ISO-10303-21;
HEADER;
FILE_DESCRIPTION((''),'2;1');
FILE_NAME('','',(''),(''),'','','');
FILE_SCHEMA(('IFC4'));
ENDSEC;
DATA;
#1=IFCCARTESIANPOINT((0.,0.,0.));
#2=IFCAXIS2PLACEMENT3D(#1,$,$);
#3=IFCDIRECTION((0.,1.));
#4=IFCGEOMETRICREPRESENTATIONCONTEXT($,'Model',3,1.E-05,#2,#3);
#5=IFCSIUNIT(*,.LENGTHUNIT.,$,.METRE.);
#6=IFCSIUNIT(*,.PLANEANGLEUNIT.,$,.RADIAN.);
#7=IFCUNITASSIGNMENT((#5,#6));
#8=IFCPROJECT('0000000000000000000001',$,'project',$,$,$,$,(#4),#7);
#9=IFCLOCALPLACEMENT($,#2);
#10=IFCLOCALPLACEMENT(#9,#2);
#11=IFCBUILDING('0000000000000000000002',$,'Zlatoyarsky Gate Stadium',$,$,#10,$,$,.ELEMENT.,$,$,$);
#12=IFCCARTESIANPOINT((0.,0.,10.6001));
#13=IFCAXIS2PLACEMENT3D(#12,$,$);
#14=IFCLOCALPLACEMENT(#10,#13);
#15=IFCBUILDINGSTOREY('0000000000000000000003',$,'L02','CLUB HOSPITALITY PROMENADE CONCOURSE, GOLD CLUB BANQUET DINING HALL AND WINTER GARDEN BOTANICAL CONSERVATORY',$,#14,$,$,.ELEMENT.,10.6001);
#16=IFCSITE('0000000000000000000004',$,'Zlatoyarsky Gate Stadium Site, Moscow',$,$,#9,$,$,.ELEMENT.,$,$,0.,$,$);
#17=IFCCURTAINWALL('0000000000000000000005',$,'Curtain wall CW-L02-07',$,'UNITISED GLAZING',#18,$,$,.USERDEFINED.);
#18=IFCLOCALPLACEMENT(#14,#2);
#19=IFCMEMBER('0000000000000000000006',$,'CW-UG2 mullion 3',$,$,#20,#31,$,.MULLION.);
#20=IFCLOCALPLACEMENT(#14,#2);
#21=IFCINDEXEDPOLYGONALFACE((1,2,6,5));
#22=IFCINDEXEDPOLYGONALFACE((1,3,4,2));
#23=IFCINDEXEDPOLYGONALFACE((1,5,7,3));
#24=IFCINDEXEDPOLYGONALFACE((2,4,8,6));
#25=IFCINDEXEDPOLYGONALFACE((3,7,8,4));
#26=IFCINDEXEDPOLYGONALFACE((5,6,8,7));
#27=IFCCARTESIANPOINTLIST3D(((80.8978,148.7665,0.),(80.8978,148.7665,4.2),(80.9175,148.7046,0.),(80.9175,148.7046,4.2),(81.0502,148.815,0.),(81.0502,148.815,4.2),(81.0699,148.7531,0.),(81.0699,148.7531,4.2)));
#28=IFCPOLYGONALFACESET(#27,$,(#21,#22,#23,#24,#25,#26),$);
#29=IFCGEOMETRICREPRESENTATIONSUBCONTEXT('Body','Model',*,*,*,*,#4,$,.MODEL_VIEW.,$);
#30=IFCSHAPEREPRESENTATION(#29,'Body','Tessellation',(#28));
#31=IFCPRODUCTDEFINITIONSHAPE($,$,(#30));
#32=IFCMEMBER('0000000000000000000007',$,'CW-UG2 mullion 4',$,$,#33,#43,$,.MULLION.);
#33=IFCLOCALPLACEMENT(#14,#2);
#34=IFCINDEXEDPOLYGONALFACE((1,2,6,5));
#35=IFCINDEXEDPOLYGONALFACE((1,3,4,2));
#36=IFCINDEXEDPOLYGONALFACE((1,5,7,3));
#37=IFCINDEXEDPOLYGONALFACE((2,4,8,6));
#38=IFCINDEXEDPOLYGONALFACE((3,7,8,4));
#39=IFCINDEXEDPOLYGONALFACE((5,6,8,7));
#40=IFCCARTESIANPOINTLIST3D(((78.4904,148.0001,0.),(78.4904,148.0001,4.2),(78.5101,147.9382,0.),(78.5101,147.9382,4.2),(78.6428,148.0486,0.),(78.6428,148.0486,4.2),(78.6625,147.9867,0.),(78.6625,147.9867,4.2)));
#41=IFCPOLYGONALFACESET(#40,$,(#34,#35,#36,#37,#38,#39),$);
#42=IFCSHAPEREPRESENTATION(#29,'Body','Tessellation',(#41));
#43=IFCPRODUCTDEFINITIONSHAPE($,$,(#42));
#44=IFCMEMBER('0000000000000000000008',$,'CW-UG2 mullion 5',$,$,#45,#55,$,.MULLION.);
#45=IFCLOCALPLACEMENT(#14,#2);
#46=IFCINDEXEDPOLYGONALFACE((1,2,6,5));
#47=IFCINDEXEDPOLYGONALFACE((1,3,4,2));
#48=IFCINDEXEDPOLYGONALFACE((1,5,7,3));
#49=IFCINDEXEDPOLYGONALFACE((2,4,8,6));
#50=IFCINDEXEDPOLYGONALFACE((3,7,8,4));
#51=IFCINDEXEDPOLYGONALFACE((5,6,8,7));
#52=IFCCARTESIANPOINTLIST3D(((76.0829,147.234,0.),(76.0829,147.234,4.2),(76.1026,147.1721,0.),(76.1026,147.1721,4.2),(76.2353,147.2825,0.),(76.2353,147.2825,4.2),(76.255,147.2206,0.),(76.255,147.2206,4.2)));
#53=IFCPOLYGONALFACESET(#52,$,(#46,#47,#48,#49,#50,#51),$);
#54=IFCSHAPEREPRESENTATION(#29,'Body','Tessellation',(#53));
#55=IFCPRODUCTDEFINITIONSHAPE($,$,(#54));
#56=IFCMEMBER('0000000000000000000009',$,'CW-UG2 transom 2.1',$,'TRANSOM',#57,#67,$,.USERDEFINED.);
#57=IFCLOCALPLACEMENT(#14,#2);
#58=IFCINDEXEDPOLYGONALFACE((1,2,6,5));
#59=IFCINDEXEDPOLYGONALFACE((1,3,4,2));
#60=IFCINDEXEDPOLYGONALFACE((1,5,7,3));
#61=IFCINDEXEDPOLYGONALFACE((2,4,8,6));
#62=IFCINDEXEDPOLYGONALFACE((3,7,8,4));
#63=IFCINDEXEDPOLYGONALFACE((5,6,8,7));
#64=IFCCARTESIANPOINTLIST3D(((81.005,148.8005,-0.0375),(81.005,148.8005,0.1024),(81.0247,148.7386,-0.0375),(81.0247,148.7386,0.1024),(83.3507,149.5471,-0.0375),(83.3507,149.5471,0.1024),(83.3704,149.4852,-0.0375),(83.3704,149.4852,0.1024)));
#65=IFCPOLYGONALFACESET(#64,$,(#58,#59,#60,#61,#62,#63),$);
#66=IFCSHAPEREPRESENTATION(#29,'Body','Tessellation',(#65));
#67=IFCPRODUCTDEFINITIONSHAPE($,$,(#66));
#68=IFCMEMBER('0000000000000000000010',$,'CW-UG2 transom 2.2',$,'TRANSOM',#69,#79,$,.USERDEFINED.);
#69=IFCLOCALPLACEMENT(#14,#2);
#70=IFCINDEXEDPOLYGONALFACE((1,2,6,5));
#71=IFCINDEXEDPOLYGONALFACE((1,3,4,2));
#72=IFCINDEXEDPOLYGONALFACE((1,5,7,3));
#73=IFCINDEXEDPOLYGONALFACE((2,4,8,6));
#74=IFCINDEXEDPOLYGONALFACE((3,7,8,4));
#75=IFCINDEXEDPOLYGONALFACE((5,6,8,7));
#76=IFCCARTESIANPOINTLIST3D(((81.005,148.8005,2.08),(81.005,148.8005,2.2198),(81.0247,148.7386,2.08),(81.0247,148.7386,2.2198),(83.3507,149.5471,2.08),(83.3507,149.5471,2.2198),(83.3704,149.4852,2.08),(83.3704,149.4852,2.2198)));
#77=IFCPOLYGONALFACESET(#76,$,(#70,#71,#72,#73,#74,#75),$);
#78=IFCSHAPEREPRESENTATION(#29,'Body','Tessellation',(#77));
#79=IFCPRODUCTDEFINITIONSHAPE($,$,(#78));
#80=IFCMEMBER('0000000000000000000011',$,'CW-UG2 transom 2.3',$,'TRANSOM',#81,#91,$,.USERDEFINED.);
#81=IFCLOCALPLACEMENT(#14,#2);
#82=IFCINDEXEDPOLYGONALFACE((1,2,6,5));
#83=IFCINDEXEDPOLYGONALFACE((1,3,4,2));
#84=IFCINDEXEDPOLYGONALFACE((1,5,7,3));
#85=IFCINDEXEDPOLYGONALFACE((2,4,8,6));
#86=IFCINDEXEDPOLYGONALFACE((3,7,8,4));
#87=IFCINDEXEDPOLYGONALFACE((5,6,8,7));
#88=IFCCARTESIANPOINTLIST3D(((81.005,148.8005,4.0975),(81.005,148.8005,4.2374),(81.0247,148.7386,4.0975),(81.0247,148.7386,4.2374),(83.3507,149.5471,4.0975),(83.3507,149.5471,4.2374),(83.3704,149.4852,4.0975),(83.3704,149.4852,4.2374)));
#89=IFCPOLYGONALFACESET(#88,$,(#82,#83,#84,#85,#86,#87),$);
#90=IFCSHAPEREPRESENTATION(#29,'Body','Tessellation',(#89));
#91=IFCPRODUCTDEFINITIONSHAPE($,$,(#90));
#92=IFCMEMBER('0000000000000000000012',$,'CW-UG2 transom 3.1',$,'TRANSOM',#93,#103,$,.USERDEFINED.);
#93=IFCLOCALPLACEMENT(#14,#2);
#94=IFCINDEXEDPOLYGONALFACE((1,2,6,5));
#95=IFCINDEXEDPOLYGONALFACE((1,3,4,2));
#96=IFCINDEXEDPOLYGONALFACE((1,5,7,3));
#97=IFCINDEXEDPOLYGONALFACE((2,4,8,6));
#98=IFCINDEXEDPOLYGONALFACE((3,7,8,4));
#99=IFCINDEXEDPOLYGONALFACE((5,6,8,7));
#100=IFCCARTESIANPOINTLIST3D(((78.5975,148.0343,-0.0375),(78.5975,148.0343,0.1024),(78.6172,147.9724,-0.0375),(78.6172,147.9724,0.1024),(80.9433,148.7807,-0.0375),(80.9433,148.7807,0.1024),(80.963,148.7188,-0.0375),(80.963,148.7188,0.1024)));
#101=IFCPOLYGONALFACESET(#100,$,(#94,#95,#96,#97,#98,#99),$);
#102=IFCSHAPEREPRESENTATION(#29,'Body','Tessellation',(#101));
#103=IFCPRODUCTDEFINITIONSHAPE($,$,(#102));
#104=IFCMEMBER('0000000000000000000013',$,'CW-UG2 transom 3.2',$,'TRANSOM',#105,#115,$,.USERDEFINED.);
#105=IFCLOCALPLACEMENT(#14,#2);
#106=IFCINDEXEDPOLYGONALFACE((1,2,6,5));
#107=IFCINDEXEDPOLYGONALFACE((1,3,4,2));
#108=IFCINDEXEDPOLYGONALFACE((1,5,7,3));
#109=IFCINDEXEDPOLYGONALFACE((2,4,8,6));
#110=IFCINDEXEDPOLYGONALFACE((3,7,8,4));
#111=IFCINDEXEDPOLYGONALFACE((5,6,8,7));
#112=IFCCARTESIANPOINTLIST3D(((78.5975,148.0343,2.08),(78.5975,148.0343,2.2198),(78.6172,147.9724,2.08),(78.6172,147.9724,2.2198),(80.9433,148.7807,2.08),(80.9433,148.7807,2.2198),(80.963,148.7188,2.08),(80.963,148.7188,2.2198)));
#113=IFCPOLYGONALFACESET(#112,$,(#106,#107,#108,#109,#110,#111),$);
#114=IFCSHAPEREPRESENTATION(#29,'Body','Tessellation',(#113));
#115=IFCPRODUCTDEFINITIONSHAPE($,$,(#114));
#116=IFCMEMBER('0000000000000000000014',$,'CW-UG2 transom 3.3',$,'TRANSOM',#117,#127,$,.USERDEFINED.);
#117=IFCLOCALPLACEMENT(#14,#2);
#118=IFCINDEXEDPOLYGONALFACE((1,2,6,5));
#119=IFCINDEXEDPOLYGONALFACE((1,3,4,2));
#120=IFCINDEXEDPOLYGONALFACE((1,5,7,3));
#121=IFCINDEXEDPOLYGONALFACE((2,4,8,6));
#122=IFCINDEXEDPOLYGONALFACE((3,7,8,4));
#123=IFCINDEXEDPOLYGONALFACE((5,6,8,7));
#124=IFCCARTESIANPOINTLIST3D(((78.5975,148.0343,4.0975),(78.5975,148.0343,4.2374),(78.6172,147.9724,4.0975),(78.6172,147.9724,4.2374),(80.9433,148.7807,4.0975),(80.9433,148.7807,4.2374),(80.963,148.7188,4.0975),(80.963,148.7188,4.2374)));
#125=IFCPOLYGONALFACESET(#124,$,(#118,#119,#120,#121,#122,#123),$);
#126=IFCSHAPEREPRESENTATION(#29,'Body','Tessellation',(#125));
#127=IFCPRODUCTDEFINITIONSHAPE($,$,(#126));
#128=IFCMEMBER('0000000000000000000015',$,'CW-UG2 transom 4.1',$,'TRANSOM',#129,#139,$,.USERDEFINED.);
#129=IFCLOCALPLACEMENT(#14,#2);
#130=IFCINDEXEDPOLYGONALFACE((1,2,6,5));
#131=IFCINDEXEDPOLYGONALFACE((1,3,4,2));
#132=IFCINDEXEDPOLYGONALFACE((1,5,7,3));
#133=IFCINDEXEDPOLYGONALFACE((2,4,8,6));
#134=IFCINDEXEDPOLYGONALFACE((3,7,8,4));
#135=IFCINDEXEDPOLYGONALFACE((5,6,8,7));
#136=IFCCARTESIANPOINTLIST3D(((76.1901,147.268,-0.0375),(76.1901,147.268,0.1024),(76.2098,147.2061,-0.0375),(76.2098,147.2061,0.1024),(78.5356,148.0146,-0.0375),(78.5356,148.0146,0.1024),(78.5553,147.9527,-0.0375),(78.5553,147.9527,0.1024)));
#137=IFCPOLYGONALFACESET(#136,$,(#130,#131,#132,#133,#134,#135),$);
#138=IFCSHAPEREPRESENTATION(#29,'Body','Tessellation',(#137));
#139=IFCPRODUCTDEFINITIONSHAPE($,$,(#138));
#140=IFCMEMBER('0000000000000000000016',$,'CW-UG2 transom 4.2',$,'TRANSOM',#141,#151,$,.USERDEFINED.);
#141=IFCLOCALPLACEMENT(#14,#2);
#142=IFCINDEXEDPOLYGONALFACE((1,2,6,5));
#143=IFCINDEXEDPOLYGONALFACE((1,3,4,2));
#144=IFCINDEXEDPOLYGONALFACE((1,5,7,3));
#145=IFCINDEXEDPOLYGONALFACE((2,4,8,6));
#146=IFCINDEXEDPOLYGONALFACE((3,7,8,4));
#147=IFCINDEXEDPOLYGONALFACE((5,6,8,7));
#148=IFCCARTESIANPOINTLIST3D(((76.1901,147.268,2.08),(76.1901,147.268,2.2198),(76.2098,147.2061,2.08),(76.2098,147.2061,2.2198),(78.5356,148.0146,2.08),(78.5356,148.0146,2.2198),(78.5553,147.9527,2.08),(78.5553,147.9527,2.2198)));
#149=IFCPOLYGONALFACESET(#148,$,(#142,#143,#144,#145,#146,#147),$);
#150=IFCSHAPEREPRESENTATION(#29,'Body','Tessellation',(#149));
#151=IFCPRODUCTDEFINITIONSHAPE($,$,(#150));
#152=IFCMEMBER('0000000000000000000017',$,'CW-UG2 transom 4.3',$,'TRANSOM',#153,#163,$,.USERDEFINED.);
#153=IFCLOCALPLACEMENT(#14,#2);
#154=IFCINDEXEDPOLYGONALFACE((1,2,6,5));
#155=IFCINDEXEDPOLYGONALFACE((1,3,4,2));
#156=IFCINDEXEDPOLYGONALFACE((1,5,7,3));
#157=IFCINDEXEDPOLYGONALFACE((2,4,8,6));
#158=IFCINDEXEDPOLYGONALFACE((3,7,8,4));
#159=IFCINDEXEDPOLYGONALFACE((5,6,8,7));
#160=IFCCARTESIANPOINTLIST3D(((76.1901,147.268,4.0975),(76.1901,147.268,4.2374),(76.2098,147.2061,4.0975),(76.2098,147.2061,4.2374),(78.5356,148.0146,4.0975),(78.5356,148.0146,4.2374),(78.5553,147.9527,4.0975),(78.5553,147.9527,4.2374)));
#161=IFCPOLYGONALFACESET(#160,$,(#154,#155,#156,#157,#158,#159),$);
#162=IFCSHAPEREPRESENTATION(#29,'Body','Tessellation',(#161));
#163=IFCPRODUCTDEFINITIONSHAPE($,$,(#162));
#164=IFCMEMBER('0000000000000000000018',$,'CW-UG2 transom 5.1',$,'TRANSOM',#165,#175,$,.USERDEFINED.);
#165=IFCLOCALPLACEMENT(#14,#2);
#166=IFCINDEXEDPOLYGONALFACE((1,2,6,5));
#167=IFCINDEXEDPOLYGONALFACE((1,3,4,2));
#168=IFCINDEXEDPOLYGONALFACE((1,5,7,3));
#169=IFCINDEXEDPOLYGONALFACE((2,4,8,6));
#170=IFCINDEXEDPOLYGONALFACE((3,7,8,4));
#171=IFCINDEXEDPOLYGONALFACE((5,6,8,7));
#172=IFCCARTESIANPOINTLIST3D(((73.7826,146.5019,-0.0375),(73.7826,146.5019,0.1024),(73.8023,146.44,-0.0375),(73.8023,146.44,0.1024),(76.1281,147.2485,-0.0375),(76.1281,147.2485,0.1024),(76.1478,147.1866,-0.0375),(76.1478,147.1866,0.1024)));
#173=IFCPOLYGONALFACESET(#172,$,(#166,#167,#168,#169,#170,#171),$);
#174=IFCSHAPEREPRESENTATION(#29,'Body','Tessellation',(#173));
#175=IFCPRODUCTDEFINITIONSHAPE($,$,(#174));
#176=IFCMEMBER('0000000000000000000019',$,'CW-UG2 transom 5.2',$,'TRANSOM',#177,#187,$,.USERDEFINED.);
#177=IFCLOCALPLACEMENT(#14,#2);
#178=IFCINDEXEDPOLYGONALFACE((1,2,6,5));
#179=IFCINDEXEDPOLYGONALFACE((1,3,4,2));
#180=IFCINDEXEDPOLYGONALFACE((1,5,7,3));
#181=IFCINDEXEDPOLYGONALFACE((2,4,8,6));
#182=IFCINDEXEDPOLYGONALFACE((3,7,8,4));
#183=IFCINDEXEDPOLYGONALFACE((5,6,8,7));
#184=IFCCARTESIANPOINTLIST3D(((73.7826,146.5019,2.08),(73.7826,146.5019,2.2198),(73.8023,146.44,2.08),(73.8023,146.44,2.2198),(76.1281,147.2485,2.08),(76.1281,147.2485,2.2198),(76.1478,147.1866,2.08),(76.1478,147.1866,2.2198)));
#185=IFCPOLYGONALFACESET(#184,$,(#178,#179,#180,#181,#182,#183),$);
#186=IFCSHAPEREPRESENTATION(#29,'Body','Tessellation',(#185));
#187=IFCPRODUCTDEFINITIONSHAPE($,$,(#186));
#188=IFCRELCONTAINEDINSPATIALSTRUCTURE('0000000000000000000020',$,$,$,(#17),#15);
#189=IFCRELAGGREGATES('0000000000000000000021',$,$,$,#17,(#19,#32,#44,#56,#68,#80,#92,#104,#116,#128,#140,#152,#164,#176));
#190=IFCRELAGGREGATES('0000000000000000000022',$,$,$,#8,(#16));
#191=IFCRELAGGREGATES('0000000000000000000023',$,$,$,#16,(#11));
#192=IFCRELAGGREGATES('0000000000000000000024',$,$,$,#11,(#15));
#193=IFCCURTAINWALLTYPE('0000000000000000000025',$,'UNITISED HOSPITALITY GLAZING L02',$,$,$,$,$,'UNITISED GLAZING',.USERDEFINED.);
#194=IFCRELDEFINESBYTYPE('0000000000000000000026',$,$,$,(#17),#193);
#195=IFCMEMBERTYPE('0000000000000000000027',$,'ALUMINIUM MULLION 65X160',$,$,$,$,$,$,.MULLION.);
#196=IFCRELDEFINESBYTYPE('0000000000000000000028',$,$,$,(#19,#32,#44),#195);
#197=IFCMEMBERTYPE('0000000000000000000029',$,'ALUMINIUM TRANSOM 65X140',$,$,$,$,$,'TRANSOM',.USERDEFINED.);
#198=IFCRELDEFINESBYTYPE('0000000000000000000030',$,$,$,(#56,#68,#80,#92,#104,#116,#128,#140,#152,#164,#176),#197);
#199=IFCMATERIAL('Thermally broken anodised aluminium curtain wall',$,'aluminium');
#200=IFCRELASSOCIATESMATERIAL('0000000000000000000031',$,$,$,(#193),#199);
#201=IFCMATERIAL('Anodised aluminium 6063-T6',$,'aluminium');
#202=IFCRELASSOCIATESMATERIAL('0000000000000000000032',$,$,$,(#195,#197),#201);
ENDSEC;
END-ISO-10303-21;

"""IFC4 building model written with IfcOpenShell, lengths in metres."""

from ifc_helpers import new_model, si_unit, direction, frame, origin, origin_2d, place, context, subcontext, project, spatial, rectangle, extrude, material, material_profile, profile_set, type_object, element, aggregate, save


model = new_model("IFC4")

# Units and contexts
model_context = context("Model", 3, precision=1e-05, world=origin(), true_north=direction((0.0, 1.0)))
body_context = subcontext(model_context, "Body", "Model", "MODEL_VIEW")
ifc_project = project(units=[si_unit("LENGTHUNIT", "METRE"), si_unit("PLANEANGLEUNIT", "RADIAN")], contexts=[model_context])

# Site, building, storey
site_placement = place(None, origin())
site = spatial("IfcSite", under=ifc_project, at=site_placement, Name="Zlatoyarsky Gate Stadium Site, Moscow", CompositionType="ELEMENT", RefElevation=0.0)
building_placement = place(site_placement, origin())
building = spatial("IfcBuilding", under=site, at=building_placement, Name="Zlatoyarsky Gate Stadium", CompositionType="ELEMENT")
storey_placement = place(building_placement, frame((0.0, 0.0, 10.6001)))
storey = spatial("IfcBuildingStorey", under=building, at=storey_placement, Name="L02", Description="CLUB HOSPITALITY PROMENADE CONCOURSE, GOLD CLUB BANQUET DINING HALL AND WINTER GARDEN BOTANICAL CONSERVATORY", CompositionType="ELEMENT", Elevation=10.6001)

# Curtain wall, members
ifc_material_1 = material(Name="Thermally broken anodised aluminium curtain wall", Category="aluminium")
curtain_wall_type = type_object("IfcCurtainWallType", Name="UNITISED HOSPITALITY GLAZING L02", ElementType="UNITISED GLAZING", PredefinedType="USERDEFINED", material=ifc_material_1)
curtain_wall_placement = place(storey_placement, origin())
curtain_wall = element("IfcCurtainWall", 1, at=curtain_wall_placement, inside=storey, type_object=curtain_wall_type, Name="Curtain wall CW-L02-07", ObjectType="UNITISED GLAZING", PredefinedType="USERDEFINED")
ifc_material_2 = material(Name="Anodised aluminium 6063-T6", Category="aluminium")
ifc_material_profile_1 = material_profile(ifc_material_2, rectangle(XDim=0.0649, YDim=0.1599, at=origin_2d()), Name="ALU 65X160")
ifc_profile_set_1 = profile_set([ifc_material_profile_1], Name="Anodised aluminium 6063-T6")
member_type_1 = type_object("IfcMemberType", Name="ALUMINIUM MULLION 65X160", PredefinedType="MULLION", material=ifc_profile_set_1)
member_1_placement = place(storey_placement, frame((80.9839, 148.7598, 0.0), z_axis=(0.0, 0.0, 1.0), x_axis=(0.303279, -0.952902, 0.0)))
member_1 = element("IfcMember", 2, at=member_1_placement, type_object=member_type_1, Name="CW-UG2 mullion 3", PredefinedType="MULLION", context=body_context, shape_type="SweptSolid", body=[
    extrude(rectangle(XDim=0.0649, YDim=0.1599, at=origin_2d()), origin(), (0.0, 0.0, 1.0), 4.2),
])
member_2_placement = place(storey_placement, frame((78.5764, 147.9934, 0.0), z_axis=(0.0, 0.0, 1.0), x_axis=(0.303279, -0.952902, 0.0)))
member_2 = element("IfcMember", 3, at=member_2_placement, type_object=member_type_1, Name="CW-UG2 mullion 4", PredefinedType="MULLION", context=body_context, shape_type="SweptSolid", body=[
    extrude(rectangle(XDim=0.0649, YDim=0.1599, at=origin_2d()), origin(), (0.0, 0.0, 1.0), 4.2),
])
member_3_placement = place(storey_placement, frame((76.1689, 147.2273, 0.0), z_axis=(0.0, 0.0, 1.0), x_axis=(0.303279, -0.952902, 0.0)))
member_3 = element("IfcMember", 4, at=member_3_placement, type_object=member_type_1, Name="CW-UG2 mullion 5", PredefinedType="MULLION", context=body_context, shape_type="SweptSolid", body=[
    extrude(rectangle(XDim=0.0649, YDim=0.1599, at=origin_2d()), origin(), (0.0, 0.0, 1.0), 4.2),
])
ifc_material_profile_2 = material_profile(ifc_material_2, rectangle(XDim=0.0649, YDim=0.1399, at=origin_2d()), Name="ALU 65X140")
ifc_profile_set_2 = profile_set([ifc_material_profile_2], Name="Anodised aluminium 6063-T6")
member_type_2 = type_object("IfcMemberType", Name="ALUMINIUM TRANSOM 65X140", ElementType="TRANSOM", PredefinedType="USERDEFINED", material=ifc_profile_set_2)
member_4_placement = place(storey_placement, frame((83.3606, 149.5161, 0.0325), z_axis=(-0.9529, -0.303286, 0.0), x_axis=(0.303286, -0.9529, 0.0)))
member_4 = element("IfcMember", 5, at=member_4_placement, type_object=member_type_2, Name="CW-UG2 transom 2.1", ObjectType="TRANSOM", PredefinedType="USERDEFINED", context=body_context, shape_type="SweptSolid", body=[
    extrude(rectangle(XDim=0.0649, YDim=0.1399, at=origin_2d()), origin(), (0.0, 0.0, 1.0), 2.4617),
])
member_5_placement = place(storey_placement, frame((83.3606, 149.5161, 2.1499), z_axis=(-0.9529, -0.303286, 0.0), x_axis=(0.303286, -0.9529, 0.0)))
member_5 = element("IfcMember", 6, at=member_5_placement, type_object=member_type_2, Name="CW-UG2 transom 2.2", ObjectType="TRANSOM", PredefinedType="USERDEFINED", context=body_context, shape_type="SweptSolid", body=[
    extrude(rectangle(XDim=0.0649, YDim=0.1399, at=origin_2d()), origin(), (0.0, 0.0, 1.0), 2.4617),
])
member_6_placement = place(storey_placement, frame((83.3606, 149.5161, 4.1675), z_axis=(-0.9529, -0.303286, 0.0), x_axis=(0.303286, -0.9529, 0.0)))
member_6 = element("IfcMember", 7, at=member_6_placement, type_object=member_type_2, Name="CW-UG2 transom 2.3", ObjectType="TRANSOM", PredefinedType="USERDEFINED", context=body_context, shape_type="SweptSolid", body=[
    extrude(rectangle(XDim=0.0649, YDim=0.1399, at=origin_2d()), origin(), (0.0, 0.0, 1.0), 2.4617),
])
member_7_placement = place(storey_placement, frame((80.9531, 148.7498, 0.0325), z_axis=(-0.952928, -0.303195, 0.0), x_axis=(0.303195, -0.952928, 0.0)))
member_7 = element("IfcMember", 8, at=member_7_placement, type_object=member_type_2, Name="CW-UG2 transom 3.1", ObjectType="TRANSOM", PredefinedType="USERDEFINED", context=body_context, shape_type="SweptSolid", body=[
    extrude(rectangle(XDim=0.0649, YDim=0.1399, at=origin_2d()), origin(), (0.0, 0.0, 1.0), 2.4617),
])
member_8_placement = place(storey_placement, frame((80.9531, 148.7498, 2.1499), z_axis=(-0.952928, -0.303195, 0.0), x_axis=(0.303195, -0.952928, 0.0)))
member_8 = element("IfcMember", 9, at=member_8_placement, type_object=member_type_2, Name="CW-UG2 transom 3.2", ObjectType="TRANSOM", PredefinedType="USERDEFINED", context=body_context, shape_type="SweptSolid", body=[
    extrude(rectangle(XDim=0.0649, YDim=0.1399, at=origin_2d()), origin(), (0.0, 0.0, 1.0), 2.4617),
])
member_9_placement = place(storey_placement, frame((80.9531, 148.7498, 4.1675), z_axis=(-0.952928, -0.303195, 0.0), x_axis=(0.303195, -0.952928, 0.0)))
member_9 = element("IfcMember", 10, at=member_9_placement, type_object=member_type_2, Name="CW-UG2 transom 3.3", ObjectType="TRANSOM", PredefinedType="USERDEFINED", context=body_context, shape_type="SweptSolid", body=[
    extrude(rectangle(XDim=0.0649, YDim=0.1399, at=origin_2d()), origin(), (0.0, 0.0, 1.0), 2.4617),
])
member_10_placement = place(storey_placement, frame((78.5454, 147.9836, 0.0325), z_axis=(-0.952891, -0.303314, 0.0), x_axis=(0.303314, -0.952891, 0.0)))
member_10 = element("IfcMember", 11, at=member_10_placement, type_object=member_type_2, Name="CW-UG2 transom 4.1", ObjectType="TRANSOM", PredefinedType="USERDEFINED", context=body_context, shape_type="SweptSolid", body=[
    extrude(rectangle(XDim=0.0649, YDim=0.1399, at=origin_2d()), origin(), (0.0, 0.0, 1.0), 2.4614),
])
member_11_placement = place(storey_placement, frame((78.5454, 147.9836, 2.1499), z_axis=(-0.952891, -0.303314, 0.0), x_axis=(0.303314, -0.952891, 0.0)))
member_11 = element("IfcMember", 12, at=member_11_placement, type_object=member_type_2, Name="CW-UG2 transom 4.2", ObjectType="TRANSOM", PredefinedType="USERDEFINED", context=body_context, shape_type="SweptSolid", body=[
    extrude(rectangle(XDim=0.0649, YDim=0.1399, at=origin_2d()), origin(), (0.0, 0.0, 1.0), 2.4614),
])
member_12_placement = place(storey_placement, frame((78.5454, 147.9836, 4.1675), z_axis=(-0.952891, -0.303314, 0.0), x_axis=(0.303314, -0.952891, 0.0)))
member_12 = element("IfcMember", 13, at=member_12_placement, type_object=member_type_2, Name="CW-UG2 transom 4.3", ObjectType="TRANSOM", PredefinedType="USERDEFINED", context=body_context, shape_type="SweptSolid", body=[
    extrude(rectangle(XDim=0.0649, YDim=0.1399, at=origin_2d()), origin(), (0.0, 0.0, 1.0), 2.4614),
])
member_13_placement = place(storey_placement, frame((76.1379, 147.2175, 0.0325), z_axis=(-0.952891, -0.303314, 0.0), x_axis=(0.303314, -0.952891, 0.0)))
member_13 = element("IfcMember", 14, at=member_13_placement, type_object=member_type_2, Name="CW-UG2 transom 5.1", ObjectType="TRANSOM", PredefinedType="USERDEFINED", context=body_context, shape_type="SweptSolid", body=[
    extrude(rectangle(XDim=0.0649, YDim=0.1399, at=origin_2d()), origin(), (0.0, 0.0, 1.0), 2.4614),
])
member_14_placement = place(storey_placement, frame((76.1379, 147.2175, 2.1499), z_axis=(-0.952891, -0.303314, 0.0), x_axis=(0.303314, -0.952891, 0.0)))
member_14 = element("IfcMember", 15, at=member_14_placement, type_object=member_type_2, Name="CW-UG2 transom 5.2", ObjectType="TRANSOM", PredefinedType="USERDEFINED", context=body_context, shape_type="SweptSolid", body=[
    extrude(rectangle(XDim=0.0649, YDim=0.1399, at=origin_2d()), origin(), (0.0, 0.0, 1.0), 2.4614),
])
aggregate(curtain_wall, [member_1, member_2, member_3, member_4, member_5, member_6, member_7, member_8, member_9, member_10, member_11, member_12, member_13, member_14])

save(model, "model.ifc")
